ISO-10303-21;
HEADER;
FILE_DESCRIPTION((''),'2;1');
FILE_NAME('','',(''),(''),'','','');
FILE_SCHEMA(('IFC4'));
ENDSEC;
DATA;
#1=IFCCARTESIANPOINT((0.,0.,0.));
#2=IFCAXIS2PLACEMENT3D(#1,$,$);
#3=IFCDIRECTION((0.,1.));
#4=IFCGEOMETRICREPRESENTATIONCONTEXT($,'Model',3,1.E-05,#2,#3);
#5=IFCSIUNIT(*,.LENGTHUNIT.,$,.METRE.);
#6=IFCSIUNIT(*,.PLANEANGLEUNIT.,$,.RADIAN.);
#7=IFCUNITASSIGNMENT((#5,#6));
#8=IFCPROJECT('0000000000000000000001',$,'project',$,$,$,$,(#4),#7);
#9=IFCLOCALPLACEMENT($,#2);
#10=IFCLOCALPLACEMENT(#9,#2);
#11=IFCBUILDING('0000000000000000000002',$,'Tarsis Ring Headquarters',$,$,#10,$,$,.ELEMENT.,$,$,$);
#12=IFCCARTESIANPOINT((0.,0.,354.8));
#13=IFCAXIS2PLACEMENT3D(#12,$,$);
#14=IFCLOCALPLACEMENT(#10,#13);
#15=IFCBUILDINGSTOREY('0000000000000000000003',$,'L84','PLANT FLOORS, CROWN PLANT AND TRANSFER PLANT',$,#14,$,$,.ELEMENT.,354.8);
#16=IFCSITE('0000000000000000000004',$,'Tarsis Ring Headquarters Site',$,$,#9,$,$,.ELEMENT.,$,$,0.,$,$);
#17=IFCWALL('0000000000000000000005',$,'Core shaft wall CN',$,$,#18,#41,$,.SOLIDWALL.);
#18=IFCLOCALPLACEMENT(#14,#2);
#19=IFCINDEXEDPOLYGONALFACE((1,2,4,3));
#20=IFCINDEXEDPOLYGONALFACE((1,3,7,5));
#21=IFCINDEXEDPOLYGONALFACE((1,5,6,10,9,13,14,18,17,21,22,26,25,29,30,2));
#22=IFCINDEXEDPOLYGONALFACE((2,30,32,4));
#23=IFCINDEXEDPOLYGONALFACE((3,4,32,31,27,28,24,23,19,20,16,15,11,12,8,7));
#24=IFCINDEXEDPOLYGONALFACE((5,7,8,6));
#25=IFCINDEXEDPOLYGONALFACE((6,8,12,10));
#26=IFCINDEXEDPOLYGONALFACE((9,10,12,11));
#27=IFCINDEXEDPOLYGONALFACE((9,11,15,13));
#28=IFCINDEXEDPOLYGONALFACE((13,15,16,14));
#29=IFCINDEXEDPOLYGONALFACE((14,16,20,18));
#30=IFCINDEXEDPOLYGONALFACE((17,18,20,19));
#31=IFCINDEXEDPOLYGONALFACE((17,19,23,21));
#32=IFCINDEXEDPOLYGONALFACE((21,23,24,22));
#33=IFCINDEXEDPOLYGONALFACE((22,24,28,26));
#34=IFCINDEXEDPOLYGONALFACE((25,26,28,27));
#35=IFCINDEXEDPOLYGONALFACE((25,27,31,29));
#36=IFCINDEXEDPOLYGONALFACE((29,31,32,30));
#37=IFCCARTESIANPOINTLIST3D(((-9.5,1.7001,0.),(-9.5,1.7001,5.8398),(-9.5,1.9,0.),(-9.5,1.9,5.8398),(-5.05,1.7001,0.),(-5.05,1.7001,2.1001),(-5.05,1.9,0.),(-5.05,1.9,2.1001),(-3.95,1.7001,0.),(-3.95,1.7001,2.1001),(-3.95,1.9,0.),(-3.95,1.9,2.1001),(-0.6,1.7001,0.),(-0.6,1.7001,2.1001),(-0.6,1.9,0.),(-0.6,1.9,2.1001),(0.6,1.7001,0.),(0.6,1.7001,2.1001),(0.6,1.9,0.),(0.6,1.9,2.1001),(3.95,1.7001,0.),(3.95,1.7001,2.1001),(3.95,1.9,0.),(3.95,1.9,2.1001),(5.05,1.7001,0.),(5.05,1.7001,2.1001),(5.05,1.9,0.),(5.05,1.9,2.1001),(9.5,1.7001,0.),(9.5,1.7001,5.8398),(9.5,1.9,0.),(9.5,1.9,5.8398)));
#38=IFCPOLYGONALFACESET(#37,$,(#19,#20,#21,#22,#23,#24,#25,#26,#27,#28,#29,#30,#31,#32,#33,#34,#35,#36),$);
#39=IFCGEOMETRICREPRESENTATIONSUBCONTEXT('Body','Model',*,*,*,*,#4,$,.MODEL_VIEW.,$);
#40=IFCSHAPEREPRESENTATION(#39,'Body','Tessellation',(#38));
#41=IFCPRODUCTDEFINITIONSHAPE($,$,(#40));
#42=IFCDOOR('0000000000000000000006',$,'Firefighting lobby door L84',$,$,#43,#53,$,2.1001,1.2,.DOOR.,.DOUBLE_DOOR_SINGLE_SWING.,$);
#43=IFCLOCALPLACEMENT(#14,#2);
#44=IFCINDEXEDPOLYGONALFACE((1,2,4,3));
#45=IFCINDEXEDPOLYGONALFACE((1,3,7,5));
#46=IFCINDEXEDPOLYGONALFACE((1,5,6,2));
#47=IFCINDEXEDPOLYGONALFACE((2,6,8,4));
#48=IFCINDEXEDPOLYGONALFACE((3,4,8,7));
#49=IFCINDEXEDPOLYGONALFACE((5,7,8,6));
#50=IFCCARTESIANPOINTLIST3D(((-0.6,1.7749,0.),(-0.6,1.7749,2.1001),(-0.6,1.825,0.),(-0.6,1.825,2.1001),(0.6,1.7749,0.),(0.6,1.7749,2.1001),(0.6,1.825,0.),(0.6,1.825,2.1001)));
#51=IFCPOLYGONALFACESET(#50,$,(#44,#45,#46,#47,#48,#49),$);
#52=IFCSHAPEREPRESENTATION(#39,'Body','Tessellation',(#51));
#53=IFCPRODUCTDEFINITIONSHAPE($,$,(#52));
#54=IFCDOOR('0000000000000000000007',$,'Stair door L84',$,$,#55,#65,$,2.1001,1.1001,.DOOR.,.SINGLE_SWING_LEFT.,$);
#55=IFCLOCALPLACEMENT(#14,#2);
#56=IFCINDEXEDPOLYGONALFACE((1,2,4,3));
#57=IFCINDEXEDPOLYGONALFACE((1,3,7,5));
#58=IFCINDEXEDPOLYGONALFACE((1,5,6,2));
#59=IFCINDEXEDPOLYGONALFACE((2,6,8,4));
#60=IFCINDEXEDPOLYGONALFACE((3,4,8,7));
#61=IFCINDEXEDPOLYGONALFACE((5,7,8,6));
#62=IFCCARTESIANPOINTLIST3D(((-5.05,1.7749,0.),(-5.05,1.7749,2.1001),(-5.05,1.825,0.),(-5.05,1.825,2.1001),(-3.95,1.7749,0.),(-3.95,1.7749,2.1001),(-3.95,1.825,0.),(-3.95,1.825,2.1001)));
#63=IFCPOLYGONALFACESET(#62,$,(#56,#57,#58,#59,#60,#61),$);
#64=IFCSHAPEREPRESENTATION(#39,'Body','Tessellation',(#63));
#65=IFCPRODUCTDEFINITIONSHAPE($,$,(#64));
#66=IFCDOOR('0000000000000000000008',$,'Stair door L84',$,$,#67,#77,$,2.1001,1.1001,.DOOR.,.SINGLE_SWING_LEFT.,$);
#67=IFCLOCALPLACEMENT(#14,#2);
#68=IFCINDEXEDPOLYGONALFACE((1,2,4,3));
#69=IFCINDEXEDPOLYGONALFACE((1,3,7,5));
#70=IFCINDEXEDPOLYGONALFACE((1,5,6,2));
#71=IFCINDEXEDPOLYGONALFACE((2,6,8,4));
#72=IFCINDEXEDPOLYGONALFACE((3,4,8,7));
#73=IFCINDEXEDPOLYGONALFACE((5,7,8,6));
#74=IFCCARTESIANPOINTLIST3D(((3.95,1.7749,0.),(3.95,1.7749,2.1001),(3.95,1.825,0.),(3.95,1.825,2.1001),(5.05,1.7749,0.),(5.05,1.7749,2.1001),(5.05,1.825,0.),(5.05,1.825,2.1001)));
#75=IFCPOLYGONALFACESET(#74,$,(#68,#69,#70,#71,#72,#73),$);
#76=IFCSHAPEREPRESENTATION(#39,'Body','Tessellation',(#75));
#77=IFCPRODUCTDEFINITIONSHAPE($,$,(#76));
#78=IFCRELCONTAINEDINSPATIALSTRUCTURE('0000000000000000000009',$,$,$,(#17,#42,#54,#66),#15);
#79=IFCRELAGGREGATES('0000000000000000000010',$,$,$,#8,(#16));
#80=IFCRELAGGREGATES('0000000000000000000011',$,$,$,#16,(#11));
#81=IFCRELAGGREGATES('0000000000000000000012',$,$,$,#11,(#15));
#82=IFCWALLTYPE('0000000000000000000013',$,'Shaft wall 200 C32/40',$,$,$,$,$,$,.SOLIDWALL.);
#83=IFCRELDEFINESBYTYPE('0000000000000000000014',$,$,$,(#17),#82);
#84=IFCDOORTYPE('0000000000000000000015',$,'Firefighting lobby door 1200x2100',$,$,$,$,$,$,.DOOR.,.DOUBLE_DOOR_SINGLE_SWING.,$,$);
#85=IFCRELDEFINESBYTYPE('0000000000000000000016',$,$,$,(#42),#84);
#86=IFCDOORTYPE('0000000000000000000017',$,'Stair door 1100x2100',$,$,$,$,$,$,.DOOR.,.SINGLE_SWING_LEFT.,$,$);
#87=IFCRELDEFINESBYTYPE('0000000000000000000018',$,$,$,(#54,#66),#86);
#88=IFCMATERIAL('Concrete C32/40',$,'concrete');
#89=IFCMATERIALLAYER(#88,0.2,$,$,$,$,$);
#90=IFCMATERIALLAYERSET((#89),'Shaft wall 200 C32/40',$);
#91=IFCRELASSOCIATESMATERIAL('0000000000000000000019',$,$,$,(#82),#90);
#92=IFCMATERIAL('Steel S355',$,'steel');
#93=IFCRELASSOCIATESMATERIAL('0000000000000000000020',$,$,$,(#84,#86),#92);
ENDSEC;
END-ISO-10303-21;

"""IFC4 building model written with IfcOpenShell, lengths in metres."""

from ifc_helpers import new_model, si_unit, direction, frame, frame_2d, origin, place, context, subcontext, project, spatial, rectangle, extrude, material, layer, layer_set, type_object, element, fill, save


model = new_model("IFC4")

# Units and contexts
model_context = context("Model", 3, precision=1e-05, world=origin(), true_north=direction((0.0, 1.0)))
body_context = subcontext(model_context, "Body", "Model", "MODEL_VIEW")
ifc_project = project(units=[si_unit("LENGTHUNIT", "METRE"), si_unit("PLANEANGLEUNIT", "RADIAN")], contexts=[model_context])

# Site, building, storey
site_placement = place(None, origin())
site = spatial("IfcSite", under=ifc_project, at=site_placement, Name="Tarsis Ring Headquarters Site", CompositionType="ELEMENT", RefElevation=0.0)
building_placement = place(site_placement, origin())
building = spatial("IfcBuilding", under=site, at=building_placement, Name="Tarsis Ring Headquarters", CompositionType="ELEMENT")
storey_placement = place(building_placement, frame((0.0, 0.0, 354.8)))
storey = spatial("IfcBuildingStorey", under=building, at=storey_placement, Name="L84", Description="PLANT FLOORS, CROWN PLANT AND TRANSFER PLANT", CompositionType="ELEMENT", Elevation=354.8)

# Shared definitions
ifc_material_1 = material(Name="Steel S355", Category="steel")

# Wall, openings, doors
ifc_material_2 = material(Name="Concrete C32/40", Category="concrete")
ifc_layer_1 = layer(ifc_material_2, 0.2)
ifc_layer_set_1 = layer_set([ifc_layer_1], Name="Shaft wall 200 C32/40")
wall_type_1 = type_object("IfcWallType", Name="Shaft wall 200 C32/40", PredefinedType="SOLIDWALL", material=ifc_layer_set_1)
wall_1_placement = place(storey_placement, frame((-9.5, 1.8, 0.0), z_axis=(0.0, 0.0, 1.0), x_axis=(1.0, 0.0, 0.0)))
wall_1 = element("IfcWall", 1, at=wall_1_placement, inside=storey, type_object=wall_type_1, Name="Core shaft wall CN", PredefinedType="SOLIDWALL", context=body_context, shape_type="SweptSolid", body=[
    extrude(rectangle(XDim=19.0, YDim=0.2, at=frame_2d((9.5, 0.0))), origin(), (0.0, 0.0, 1.0), 5.8398),
])
opening_1_placement = place(wall_1_placement, frame((4.45, 0.0, 0.0)))
opening_1 = element("IfcOpeningElement", 2, at=opening_1_placement, cuts=wall_1, PredefinedType="OPENING", context=body_context, shape_type="SweptSolid", body=[
    extrude(rectangle(XDim=1.1001, YDim=2.1001, at=frame_2d((0.55, 1.05))), frame((0.0, 0.1099, 0.0), z_axis=(0.0, -1.0, 0.0), x_axis=(1.0, 0.0, 0.0)), (0.0, 0.0, 1.0), 0.22),
])
opening_2_placement = place(wall_1_placement, frame((8.8999, 0.0, 0.0)))
opening_2 = element("IfcOpeningElement", 3, at=opening_2_placement, cuts=wall_1, PredefinedType="OPENING", context=body_context, shape_type="SweptSolid", body=[
    extrude(rectangle(XDim=1.2, YDim=2.1001, at=frame_2d((0.6001, 1.05))), frame((0.0, 0.1099, 0.0), z_axis=(0.0, -1.0, 0.0), x_axis=(1.0, 0.0, 0.0)), (0.0, 0.0, 1.0), 0.22),
])
opening_3_placement = place(wall_1_placement, frame((13.45, 0.0, 0.0)))
opening_3 = element("IfcOpeningElement", 4, at=opening_3_placement, cuts=wall_1, PredefinedType="OPENING", context=body_context, shape_type="SweptSolid", body=[
    extrude(rectangle(XDim=1.1001, YDim=2.1001, at=frame_2d((0.55, 1.05))), frame((0.0, 0.1099, 0.0), z_axis=(0.0, -1.0, 0.0), x_axis=(1.0, 0.0, 0.0)), (0.0, 0.0, 1.0), 0.22),
])
door_type_1 = type_object("IfcDoorType", Name="Firefighting lobby door 1200x2100", OperationType="DOUBLE_DOOR_SINGLE_SWING", PredefinedType="DOOR", material=ifc_material_1)
door_1_placement = place(opening_2_placement, origin())
door_1 = element("IfcDoor", 5, at=door_1_placement, inside=storey, type_object=door_type_1, Name="Firefighting lobby door L84", OperationType="DOUBLE_DOOR_SINGLE_SWING", OverallHeight=2.1001, OverallWidth=1.2, PredefinedType="DOOR", context=body_context, shape_type="SweptSolid", body=[
    extrude(rectangle(XDim=1.2, YDim=2.1001, at=frame_2d((0.6001, 1.05))), frame((0.0, 0.0249, 0.0), z_axis=(0.0, -1.0, 0.0), x_axis=(1.0, 0.0, 0.0)), (0.0, 0.0, 1.0), 0.05),
])
fill(opening_2, door_1)
door_type_2 = type_object("IfcDoorType", Name="Stair door 1100x2100", OperationType="SINGLE_SWING_LEFT", PredefinedType="DOOR", material=ifc_material_1)
door_2_placement = place(opening_1_placement, origin())
door_2 = element("IfcDoor", 6, at=door_2_placement, inside=storey, type_object=door_type_2, Name="Stair door L84", OperationType="SINGLE_SWING_LEFT", OverallHeight=2.1001, OverallWidth=1.1001, PredefinedType="DOOR", context=body_context, shape_type="SweptSolid", body=[
    extrude(rectangle(XDim=1.1001, YDim=2.1001, at=frame_2d((0.55, 1.05))), frame((0.0, 0.0249, 0.0), z_axis=(0.0, -1.0, 0.0), x_axis=(1.0, 0.0, 0.0)), (0.0, 0.0, 1.0), 0.05),
])
fill(opening_1, door_2)
door_3_placement = place(opening_3_placement, origin())
door_3 = element("IfcDoor", 7, at=door_3_placement, inside=storey, type_object=door_type_2, Name="Stair door L84", OperationType="SINGLE_SWING_LEFT", OverallHeight=2.1001, OverallWidth=1.1001, PredefinedType="DOOR", context=body_context, shape_type="SweptSolid", body=[
    extrude(rectangle(XDim=1.1001, YDim=2.1001, at=frame_2d((0.55, 1.05))), frame((0.0, 0.0249, 0.0), z_axis=(0.0, -1.0, 0.0), x_axis=(1.0, 0.0, 0.0)), (0.0, 0.0, 1.0), 0.05),
])
fill(opening_3, door_3)

save(model, "model.ifc")
